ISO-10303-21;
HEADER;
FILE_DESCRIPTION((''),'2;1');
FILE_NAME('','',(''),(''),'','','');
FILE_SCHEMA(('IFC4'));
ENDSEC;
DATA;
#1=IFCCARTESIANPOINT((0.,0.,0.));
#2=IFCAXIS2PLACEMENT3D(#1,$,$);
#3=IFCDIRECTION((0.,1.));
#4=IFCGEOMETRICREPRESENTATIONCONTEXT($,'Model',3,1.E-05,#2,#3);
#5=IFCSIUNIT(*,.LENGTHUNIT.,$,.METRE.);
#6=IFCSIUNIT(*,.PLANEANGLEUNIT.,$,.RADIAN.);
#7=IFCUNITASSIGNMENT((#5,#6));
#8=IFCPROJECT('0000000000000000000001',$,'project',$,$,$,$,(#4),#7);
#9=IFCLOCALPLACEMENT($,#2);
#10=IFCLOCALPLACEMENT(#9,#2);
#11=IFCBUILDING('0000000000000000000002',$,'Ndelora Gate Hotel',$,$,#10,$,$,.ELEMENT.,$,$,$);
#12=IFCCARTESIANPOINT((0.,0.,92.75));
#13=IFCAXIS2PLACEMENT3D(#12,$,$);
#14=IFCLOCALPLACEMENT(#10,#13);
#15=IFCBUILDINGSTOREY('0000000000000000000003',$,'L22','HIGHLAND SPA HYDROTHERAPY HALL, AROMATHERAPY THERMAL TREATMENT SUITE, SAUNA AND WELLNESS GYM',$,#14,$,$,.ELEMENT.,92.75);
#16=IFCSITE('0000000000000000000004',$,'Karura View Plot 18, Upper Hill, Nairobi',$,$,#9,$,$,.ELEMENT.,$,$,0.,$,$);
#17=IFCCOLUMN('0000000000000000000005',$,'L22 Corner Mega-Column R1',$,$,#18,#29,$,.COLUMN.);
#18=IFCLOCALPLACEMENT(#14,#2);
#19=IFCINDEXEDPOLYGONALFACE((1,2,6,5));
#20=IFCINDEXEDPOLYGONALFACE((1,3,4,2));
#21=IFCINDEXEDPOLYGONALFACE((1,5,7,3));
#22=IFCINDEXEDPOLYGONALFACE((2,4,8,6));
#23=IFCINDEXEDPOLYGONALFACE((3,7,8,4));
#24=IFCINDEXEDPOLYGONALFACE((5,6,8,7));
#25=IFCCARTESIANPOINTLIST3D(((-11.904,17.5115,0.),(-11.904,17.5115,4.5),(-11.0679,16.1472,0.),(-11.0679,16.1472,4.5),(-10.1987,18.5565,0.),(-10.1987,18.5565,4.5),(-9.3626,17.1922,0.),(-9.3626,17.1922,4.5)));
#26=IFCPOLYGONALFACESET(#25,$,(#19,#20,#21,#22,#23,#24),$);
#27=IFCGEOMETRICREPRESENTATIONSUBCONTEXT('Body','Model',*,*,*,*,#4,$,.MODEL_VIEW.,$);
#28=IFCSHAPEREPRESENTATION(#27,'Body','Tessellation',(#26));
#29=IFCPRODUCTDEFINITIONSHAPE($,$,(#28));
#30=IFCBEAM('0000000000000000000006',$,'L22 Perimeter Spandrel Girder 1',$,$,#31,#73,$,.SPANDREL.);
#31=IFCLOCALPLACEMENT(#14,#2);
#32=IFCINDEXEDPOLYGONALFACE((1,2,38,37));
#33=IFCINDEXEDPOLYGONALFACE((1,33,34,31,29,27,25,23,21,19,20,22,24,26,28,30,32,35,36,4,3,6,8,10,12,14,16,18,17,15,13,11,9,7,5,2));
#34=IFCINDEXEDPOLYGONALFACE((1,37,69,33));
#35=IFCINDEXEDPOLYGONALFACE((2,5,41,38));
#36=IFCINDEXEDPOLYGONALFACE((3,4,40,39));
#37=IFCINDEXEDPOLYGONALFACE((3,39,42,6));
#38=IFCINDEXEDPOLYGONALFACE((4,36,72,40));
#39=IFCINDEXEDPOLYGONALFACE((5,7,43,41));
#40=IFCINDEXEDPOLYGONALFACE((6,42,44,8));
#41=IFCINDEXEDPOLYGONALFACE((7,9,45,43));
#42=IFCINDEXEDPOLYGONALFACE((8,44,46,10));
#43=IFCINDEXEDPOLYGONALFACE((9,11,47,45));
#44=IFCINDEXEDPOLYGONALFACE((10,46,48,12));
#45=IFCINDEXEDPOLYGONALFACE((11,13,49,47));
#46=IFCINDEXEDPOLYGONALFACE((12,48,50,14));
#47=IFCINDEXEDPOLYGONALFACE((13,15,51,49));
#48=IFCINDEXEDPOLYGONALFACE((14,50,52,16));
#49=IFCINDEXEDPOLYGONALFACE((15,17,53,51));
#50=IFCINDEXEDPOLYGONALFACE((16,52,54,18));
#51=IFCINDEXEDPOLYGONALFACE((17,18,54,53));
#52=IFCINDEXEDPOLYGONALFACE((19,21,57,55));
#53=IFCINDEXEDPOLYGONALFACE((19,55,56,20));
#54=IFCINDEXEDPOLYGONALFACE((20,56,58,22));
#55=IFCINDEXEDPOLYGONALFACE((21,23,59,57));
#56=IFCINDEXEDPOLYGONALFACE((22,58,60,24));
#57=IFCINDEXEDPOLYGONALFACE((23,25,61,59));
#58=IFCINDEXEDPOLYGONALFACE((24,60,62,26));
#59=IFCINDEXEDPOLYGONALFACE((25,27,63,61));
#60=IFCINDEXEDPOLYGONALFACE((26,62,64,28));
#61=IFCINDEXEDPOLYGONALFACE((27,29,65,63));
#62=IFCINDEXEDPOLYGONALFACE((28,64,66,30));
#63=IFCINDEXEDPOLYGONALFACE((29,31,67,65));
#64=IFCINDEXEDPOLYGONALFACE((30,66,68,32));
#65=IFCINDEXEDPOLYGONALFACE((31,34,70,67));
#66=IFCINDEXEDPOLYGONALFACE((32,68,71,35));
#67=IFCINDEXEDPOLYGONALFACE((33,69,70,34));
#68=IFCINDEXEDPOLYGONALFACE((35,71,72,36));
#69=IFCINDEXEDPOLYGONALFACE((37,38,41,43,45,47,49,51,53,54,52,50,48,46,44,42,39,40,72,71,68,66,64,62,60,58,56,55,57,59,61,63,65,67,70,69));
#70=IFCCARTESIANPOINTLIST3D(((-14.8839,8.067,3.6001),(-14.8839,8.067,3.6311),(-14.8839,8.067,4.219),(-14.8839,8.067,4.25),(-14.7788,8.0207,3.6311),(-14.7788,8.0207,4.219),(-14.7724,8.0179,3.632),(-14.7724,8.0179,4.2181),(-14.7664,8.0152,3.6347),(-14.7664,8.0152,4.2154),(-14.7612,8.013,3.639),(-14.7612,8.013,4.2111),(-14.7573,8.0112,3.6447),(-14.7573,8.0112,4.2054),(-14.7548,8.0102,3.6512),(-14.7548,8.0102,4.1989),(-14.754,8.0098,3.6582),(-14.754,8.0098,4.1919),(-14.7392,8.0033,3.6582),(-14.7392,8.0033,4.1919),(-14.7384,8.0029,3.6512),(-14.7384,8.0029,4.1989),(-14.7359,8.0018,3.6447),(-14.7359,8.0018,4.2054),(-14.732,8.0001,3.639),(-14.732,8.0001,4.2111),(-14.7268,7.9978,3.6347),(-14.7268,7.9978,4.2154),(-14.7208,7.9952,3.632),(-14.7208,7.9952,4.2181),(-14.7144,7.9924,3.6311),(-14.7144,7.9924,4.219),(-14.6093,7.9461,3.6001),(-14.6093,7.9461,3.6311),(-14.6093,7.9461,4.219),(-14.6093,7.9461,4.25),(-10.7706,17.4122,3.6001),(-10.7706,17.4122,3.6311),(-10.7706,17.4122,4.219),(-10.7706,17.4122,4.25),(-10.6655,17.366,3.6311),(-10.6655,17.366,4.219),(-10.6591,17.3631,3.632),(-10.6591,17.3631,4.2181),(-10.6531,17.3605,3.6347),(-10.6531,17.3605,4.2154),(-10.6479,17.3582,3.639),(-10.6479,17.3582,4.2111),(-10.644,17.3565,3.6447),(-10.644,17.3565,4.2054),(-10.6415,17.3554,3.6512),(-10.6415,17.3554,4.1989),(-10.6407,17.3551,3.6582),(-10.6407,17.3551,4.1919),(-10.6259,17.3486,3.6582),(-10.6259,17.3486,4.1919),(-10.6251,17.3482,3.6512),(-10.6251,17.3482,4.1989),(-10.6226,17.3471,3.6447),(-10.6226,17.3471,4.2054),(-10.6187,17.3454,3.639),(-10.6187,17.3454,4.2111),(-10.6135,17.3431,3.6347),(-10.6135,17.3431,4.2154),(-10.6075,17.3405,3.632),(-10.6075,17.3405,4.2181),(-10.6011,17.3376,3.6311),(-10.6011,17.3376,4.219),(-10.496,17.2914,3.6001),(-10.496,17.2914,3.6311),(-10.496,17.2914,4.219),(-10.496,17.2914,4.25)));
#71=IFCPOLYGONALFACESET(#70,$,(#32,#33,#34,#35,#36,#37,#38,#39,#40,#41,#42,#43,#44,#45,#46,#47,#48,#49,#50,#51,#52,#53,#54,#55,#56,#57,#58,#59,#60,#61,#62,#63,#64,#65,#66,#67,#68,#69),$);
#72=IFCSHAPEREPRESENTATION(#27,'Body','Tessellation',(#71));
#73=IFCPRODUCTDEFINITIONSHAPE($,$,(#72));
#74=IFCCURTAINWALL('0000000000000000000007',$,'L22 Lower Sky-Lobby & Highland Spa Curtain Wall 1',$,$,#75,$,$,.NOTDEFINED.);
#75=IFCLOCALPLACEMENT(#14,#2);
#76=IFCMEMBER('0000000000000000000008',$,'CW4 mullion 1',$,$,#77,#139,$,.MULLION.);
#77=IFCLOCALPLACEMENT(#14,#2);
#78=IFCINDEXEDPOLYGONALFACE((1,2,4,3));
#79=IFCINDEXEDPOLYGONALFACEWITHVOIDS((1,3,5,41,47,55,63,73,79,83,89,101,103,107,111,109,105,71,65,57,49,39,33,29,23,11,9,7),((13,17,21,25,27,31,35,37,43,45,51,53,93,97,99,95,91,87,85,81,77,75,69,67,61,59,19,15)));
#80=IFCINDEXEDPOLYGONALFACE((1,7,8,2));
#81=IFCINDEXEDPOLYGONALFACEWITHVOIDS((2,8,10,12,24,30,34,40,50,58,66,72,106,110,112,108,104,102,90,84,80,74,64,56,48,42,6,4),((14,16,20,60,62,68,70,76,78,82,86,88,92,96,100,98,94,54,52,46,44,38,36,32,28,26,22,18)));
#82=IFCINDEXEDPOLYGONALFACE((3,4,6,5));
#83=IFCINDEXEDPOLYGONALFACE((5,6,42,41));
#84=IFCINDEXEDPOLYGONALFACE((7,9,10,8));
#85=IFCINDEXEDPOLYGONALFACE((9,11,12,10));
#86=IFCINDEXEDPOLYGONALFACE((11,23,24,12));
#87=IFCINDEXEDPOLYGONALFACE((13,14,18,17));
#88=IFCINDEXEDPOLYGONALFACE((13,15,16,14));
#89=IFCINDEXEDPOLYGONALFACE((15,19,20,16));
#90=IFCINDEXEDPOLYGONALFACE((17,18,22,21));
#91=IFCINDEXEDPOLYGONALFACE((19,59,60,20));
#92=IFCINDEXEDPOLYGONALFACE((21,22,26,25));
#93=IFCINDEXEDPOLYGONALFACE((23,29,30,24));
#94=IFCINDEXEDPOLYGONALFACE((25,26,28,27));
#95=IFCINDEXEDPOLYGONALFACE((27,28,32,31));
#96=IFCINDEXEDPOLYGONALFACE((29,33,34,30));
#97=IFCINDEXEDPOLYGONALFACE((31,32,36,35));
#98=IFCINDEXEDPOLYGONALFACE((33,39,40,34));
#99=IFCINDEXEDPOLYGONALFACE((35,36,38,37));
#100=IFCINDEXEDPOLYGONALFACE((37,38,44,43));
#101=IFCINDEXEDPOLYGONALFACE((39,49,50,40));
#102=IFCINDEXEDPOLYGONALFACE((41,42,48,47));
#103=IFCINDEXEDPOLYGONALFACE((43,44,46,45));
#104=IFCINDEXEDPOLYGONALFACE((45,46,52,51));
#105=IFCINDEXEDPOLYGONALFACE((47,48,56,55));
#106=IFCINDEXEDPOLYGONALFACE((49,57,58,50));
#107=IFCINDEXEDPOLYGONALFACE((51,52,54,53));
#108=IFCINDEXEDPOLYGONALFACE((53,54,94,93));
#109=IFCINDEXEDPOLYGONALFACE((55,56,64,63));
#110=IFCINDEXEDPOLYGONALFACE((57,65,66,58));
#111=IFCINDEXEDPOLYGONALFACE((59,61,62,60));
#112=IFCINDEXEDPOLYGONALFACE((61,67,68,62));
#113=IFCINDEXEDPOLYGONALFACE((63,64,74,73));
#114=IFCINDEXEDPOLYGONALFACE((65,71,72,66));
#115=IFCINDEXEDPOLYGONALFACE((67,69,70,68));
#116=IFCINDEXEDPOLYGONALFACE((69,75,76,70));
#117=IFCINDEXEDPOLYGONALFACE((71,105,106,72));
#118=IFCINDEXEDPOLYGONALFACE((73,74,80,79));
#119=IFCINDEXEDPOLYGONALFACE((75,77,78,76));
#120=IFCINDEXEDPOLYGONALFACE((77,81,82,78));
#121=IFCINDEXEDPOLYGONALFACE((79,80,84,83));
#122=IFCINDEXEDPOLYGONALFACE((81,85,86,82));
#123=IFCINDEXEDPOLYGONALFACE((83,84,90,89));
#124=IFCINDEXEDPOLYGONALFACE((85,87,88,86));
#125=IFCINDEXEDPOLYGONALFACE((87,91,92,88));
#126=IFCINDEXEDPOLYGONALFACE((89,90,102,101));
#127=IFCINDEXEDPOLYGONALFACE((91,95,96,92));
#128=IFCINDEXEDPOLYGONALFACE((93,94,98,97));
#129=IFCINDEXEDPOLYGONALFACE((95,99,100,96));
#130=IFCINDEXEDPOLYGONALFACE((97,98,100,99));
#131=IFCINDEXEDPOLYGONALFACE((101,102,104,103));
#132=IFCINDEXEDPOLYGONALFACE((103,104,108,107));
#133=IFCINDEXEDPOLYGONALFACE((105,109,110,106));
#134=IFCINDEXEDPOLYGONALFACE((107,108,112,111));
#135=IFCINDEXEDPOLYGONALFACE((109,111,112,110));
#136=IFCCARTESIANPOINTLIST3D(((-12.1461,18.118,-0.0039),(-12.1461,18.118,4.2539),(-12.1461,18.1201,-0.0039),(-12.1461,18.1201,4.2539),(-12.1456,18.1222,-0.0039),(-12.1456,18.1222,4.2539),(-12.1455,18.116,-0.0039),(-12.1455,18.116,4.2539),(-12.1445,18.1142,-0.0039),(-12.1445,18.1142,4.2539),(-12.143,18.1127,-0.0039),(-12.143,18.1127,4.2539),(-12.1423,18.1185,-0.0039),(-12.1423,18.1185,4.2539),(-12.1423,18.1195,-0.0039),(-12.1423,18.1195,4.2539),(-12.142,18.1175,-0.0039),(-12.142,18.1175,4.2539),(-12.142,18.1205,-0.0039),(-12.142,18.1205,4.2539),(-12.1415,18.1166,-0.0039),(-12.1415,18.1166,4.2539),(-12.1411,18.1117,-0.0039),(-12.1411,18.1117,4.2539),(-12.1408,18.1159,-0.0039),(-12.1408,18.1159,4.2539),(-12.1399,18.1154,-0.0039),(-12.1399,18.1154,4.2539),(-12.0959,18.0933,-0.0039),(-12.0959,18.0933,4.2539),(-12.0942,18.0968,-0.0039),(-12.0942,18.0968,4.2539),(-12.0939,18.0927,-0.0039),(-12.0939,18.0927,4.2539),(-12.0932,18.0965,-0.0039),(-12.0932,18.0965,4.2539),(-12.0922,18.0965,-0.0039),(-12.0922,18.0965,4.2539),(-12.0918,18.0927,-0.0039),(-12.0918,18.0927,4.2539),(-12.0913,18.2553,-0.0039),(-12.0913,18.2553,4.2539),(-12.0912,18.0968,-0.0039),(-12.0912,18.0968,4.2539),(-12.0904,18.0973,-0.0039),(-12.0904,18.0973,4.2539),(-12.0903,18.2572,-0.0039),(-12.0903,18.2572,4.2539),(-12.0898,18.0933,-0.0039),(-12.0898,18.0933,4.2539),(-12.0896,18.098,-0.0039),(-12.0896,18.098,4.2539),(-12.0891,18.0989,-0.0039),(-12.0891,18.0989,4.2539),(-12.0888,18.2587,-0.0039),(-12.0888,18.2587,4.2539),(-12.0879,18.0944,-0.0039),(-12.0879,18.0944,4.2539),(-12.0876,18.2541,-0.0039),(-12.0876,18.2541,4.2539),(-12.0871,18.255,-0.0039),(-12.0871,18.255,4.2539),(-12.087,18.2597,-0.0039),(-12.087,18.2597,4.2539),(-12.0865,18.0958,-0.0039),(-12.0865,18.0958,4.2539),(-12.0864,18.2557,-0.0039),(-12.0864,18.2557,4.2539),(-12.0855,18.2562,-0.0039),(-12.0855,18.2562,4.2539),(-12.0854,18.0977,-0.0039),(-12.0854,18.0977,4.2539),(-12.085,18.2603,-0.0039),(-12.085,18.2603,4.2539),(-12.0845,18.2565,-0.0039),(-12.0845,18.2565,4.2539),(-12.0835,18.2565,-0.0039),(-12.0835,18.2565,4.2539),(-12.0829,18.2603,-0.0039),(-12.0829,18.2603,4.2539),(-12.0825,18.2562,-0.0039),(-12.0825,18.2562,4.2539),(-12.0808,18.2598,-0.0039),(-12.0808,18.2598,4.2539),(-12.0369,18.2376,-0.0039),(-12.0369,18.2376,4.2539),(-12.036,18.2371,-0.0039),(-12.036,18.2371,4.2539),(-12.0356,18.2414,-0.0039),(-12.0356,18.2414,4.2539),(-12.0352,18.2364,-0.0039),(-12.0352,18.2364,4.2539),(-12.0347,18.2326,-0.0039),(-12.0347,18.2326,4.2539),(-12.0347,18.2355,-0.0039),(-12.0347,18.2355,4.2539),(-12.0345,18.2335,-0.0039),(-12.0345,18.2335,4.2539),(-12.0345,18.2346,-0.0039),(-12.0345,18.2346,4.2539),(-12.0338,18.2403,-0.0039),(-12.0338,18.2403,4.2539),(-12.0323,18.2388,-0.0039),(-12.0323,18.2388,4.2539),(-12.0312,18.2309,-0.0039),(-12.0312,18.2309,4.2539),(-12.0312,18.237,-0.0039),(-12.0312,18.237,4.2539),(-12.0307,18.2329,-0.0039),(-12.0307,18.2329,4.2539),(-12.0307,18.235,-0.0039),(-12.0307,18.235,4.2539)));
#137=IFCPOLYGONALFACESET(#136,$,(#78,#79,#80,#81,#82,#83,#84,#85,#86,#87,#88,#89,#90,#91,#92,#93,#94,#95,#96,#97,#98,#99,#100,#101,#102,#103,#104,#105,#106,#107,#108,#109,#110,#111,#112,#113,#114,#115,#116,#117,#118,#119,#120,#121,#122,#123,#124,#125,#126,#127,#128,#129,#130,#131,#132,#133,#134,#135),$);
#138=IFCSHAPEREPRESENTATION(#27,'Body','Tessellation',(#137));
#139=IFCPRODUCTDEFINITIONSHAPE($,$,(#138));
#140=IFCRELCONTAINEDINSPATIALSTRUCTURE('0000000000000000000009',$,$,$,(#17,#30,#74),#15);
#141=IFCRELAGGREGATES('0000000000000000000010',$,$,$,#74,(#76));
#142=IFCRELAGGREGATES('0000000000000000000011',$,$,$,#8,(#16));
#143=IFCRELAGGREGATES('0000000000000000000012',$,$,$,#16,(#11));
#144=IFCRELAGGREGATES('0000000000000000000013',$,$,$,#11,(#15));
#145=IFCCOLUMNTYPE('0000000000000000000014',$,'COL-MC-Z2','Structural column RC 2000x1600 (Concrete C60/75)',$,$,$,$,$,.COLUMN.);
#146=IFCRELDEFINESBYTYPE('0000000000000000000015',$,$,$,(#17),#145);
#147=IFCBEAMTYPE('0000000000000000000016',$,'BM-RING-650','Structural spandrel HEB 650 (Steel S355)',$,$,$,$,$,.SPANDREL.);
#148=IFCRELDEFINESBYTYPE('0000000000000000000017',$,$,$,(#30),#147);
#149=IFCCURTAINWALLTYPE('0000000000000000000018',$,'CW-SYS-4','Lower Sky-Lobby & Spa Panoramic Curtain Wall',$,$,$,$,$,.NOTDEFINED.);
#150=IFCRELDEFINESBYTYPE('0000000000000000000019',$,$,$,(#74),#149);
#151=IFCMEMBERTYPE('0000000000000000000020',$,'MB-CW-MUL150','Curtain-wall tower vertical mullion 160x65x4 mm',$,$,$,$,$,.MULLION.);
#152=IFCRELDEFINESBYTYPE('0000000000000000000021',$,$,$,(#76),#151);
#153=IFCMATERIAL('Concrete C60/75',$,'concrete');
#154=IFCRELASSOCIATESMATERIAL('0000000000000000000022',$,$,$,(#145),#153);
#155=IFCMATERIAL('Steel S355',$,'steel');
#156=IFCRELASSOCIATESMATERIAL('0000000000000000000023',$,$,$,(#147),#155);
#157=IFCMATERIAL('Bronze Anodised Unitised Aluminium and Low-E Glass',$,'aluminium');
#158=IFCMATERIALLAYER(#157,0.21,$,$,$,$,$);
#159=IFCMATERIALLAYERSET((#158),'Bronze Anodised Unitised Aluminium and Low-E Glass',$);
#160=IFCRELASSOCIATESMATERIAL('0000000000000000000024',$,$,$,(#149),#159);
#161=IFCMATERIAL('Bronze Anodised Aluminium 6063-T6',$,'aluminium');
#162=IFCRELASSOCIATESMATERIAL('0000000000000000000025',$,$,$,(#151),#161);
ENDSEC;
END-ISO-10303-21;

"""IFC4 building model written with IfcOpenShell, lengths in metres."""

from ifc_helpers import new_model, si_unit, direction, frame, origin, origin_2d, place, context, subcontext, project, spatial, rectangle, hollow_rectangle, i_section, extrude, material, layer, layer_set, material_profile, profile_set, type_object, element, aggregate, save


model = new_model("IFC4")

# Units and contexts
model_context = context("Model", 3, precision=1e-05, world=origin(), true_north=direction((0.0, 1.0)))
body_context = subcontext(model_context, "Body", "Model", "MODEL_VIEW")
ifc_project = project(units=[si_unit("LENGTHUNIT", "METRE"), si_unit("PLANEANGLEUNIT", "RADIAN")], contexts=[model_context])

# Site, building, storey
site_placement = place(None, origin())
site = spatial("IfcSite", under=ifc_project, at=site_placement, Name="Karura View Plot 18, Upper Hill, Nairobi", CompositionType="ELEMENT", RefElevation=0.0)
building_placement = place(site_placement, origin())
building = spatial("IfcBuilding", under=site, at=building_placement, Name="Ndelora Gate Hotel", CompositionType="ELEMENT")
storey_placement = place(building_placement, frame((0.0, 0.0, 92.75)))
storey = spatial("IfcBuildingStorey", under=building, at=storey_placement, Name="L22", Description="HIGHLAND SPA HYDROTHERAPY HALL, AROMATHERAPY THERMAL TREATMENT SUITE, SAUNA AND WELLNESS GYM", CompositionType="ELEMENT", Elevation=92.75)

# Column
ifc_material_1 = material(Name="Concrete C60/75", Category="concrete")
ifc_material_profile_1 = material_profile(ifc_material_1, rectangle(XDim=1.6001, YDim=2.0, at=origin_2d()), Name="RC 2000x1600")
ifc_profile_set_1 = profile_set([ifc_material_profile_1], Name="Concrete C60/75")
column_type = type_object("IfcColumnType", Name="COL-MC-Z2", Description="Structural column RC 2000x1600 (Concrete C60/75)", PredefinedType="COLUMN", material=ifc_profile_set_1)
column_placement = place(storey_placement, frame((-10.6333, 17.3518, 0.0), z_axis=(0.0, 0.0, 1.0), x_axis=(-0.522499, 0.85264, 0.0)))
element("IfcColumn", 1, at=column_placement, inside=storey, type_object=column_type, Name="L22 Corner Mega-Column R1", PredefinedType="COLUMN", context=body_context, shape_type="SweptSolid", body=[
    extrude(rectangle(XDim=1.6001, YDim=2.0, at=origin_2d()), origin(), (0.0, 0.0, 1.0), 4.5),
])

# Beam
ifc_material_2 = material(Name="Steel S355", Category="steel")
ifc_material_profile_2 = material_profile(ifc_material_2, i_section(OverallWidth=0.3, OverallDepth=0.6499, WebThickness=0.0161, FlangeThickness=0.031, FilletRadius=0.0271, at=origin_2d()), Name="HEB 650")
ifc_profile_set_2 = profile_set([ifc_material_profile_2], Name="Steel S355")
beam_type = type_object("IfcBeamType", Name="BM-RING-650", Description="Structural spandrel HEB 650 (Steel S355)", PredefinedType="SPANDREL", material=ifc_profile_set_2)
beam_placement = place(storey_placement, frame((-10.6333, 17.3518, 3.925), z_axis=(-0.402852, -0.915265, 0.0), x_axis=(0.915265, -0.402852, 0.0)))
element("IfcBeam", 2, at=beam_placement, inside=storey, type_object=beam_type, Name="L22 Perimeter Spandrel Girder 1", PredefinedType="SPANDREL", context=body_context, shape_type="SweptSolid", body=[
    extrude(i_section(OverallWidth=0.3, OverallDepth=0.6499, WebThickness=0.0161, FlangeThickness=0.031, FilletRadius=0.0271, at=origin_2d()), origin(), (0.0, 0.0, 1.0), 10.2104),
])

# Curtain wall, member
ifc_material_3 = material(Name="Bronze Anodised Unitised Aluminium and Low-E Glass", Category="aluminium")
ifc_layer_1 = layer(ifc_material_3, 0.21)
ifc_layer_set_1 = layer_set([ifc_layer_1], Name="Bronze Anodised Unitised Aluminium and Low-E Glass")
curtain_wall_type = type_object("IfcCurtainWallType", Name="CW-SYS-4", Description="Lower Sky-Lobby & Spa Panoramic Curtain Wall", PredefinedType="NOTDEFINED", material=ifc_layer_set_1)
curtain_wall_placement = place(storey_placement, origin())
curtain_wall = element("IfcCurtainWall", 3, at=curtain_wall_placement, inside=storey, type_object=curtain_wall_type, Name="L22 Lower Sky-Lobby & Highland Spa Curtain Wall 1", PredefinedType="NOTDEFINED")
ifc_material_4 = material(Name="Bronze Anodised Aluminium 6063-T6", Category="aluminium")
ifc_material_profile_3 = material_profile(ifc_material_4, hollow_rectangle(XDim=0.0649, YDim=0.1599, WallThickness=0.0039, InnerFilletRadius=0.0039, OuterFilletRadius=0.0081, at=origin_2d()), Name="ALU 160x65x4")
ifc_profile_set_3 = profile_set([ifc_material_profile_3], Name="Bronze Anodised Aluminium 6063-T6")
member_type_1 = type_object("IfcMemberType", Name="MB-CW-MUL150", Description="Curtain-wall tower vertical mullion 160x65x4 mm", PredefinedType="MULLION", material=ifc_profile_set_3)
member_1_placement = place(storey_placement, frame((-12.0884, 18.1765, -0.0039), z_axis=(0.0, 0.0, 1.0), x_axis=(0.926136, -0.37719, 0.0)))
member_1 = element("IfcMember", 4, at=member_1_placement, type_object=member_type_1, Name="CW4 mullion 1", PredefinedType="MULLION", context=body_context, shape_type="SweptSolid", body=[
    extrude(hollow_rectangle(XDim=0.0649, YDim=0.1599, WallThickness=0.0039, InnerFilletRadius=0.0039, OuterFilletRadius=0.0081, at=origin_2d()), origin(), (0.0, 0.0, 1.0), 4.2578),
])
aggregate(curtain_wall, [member_1])

save(model, "model.ifc")
